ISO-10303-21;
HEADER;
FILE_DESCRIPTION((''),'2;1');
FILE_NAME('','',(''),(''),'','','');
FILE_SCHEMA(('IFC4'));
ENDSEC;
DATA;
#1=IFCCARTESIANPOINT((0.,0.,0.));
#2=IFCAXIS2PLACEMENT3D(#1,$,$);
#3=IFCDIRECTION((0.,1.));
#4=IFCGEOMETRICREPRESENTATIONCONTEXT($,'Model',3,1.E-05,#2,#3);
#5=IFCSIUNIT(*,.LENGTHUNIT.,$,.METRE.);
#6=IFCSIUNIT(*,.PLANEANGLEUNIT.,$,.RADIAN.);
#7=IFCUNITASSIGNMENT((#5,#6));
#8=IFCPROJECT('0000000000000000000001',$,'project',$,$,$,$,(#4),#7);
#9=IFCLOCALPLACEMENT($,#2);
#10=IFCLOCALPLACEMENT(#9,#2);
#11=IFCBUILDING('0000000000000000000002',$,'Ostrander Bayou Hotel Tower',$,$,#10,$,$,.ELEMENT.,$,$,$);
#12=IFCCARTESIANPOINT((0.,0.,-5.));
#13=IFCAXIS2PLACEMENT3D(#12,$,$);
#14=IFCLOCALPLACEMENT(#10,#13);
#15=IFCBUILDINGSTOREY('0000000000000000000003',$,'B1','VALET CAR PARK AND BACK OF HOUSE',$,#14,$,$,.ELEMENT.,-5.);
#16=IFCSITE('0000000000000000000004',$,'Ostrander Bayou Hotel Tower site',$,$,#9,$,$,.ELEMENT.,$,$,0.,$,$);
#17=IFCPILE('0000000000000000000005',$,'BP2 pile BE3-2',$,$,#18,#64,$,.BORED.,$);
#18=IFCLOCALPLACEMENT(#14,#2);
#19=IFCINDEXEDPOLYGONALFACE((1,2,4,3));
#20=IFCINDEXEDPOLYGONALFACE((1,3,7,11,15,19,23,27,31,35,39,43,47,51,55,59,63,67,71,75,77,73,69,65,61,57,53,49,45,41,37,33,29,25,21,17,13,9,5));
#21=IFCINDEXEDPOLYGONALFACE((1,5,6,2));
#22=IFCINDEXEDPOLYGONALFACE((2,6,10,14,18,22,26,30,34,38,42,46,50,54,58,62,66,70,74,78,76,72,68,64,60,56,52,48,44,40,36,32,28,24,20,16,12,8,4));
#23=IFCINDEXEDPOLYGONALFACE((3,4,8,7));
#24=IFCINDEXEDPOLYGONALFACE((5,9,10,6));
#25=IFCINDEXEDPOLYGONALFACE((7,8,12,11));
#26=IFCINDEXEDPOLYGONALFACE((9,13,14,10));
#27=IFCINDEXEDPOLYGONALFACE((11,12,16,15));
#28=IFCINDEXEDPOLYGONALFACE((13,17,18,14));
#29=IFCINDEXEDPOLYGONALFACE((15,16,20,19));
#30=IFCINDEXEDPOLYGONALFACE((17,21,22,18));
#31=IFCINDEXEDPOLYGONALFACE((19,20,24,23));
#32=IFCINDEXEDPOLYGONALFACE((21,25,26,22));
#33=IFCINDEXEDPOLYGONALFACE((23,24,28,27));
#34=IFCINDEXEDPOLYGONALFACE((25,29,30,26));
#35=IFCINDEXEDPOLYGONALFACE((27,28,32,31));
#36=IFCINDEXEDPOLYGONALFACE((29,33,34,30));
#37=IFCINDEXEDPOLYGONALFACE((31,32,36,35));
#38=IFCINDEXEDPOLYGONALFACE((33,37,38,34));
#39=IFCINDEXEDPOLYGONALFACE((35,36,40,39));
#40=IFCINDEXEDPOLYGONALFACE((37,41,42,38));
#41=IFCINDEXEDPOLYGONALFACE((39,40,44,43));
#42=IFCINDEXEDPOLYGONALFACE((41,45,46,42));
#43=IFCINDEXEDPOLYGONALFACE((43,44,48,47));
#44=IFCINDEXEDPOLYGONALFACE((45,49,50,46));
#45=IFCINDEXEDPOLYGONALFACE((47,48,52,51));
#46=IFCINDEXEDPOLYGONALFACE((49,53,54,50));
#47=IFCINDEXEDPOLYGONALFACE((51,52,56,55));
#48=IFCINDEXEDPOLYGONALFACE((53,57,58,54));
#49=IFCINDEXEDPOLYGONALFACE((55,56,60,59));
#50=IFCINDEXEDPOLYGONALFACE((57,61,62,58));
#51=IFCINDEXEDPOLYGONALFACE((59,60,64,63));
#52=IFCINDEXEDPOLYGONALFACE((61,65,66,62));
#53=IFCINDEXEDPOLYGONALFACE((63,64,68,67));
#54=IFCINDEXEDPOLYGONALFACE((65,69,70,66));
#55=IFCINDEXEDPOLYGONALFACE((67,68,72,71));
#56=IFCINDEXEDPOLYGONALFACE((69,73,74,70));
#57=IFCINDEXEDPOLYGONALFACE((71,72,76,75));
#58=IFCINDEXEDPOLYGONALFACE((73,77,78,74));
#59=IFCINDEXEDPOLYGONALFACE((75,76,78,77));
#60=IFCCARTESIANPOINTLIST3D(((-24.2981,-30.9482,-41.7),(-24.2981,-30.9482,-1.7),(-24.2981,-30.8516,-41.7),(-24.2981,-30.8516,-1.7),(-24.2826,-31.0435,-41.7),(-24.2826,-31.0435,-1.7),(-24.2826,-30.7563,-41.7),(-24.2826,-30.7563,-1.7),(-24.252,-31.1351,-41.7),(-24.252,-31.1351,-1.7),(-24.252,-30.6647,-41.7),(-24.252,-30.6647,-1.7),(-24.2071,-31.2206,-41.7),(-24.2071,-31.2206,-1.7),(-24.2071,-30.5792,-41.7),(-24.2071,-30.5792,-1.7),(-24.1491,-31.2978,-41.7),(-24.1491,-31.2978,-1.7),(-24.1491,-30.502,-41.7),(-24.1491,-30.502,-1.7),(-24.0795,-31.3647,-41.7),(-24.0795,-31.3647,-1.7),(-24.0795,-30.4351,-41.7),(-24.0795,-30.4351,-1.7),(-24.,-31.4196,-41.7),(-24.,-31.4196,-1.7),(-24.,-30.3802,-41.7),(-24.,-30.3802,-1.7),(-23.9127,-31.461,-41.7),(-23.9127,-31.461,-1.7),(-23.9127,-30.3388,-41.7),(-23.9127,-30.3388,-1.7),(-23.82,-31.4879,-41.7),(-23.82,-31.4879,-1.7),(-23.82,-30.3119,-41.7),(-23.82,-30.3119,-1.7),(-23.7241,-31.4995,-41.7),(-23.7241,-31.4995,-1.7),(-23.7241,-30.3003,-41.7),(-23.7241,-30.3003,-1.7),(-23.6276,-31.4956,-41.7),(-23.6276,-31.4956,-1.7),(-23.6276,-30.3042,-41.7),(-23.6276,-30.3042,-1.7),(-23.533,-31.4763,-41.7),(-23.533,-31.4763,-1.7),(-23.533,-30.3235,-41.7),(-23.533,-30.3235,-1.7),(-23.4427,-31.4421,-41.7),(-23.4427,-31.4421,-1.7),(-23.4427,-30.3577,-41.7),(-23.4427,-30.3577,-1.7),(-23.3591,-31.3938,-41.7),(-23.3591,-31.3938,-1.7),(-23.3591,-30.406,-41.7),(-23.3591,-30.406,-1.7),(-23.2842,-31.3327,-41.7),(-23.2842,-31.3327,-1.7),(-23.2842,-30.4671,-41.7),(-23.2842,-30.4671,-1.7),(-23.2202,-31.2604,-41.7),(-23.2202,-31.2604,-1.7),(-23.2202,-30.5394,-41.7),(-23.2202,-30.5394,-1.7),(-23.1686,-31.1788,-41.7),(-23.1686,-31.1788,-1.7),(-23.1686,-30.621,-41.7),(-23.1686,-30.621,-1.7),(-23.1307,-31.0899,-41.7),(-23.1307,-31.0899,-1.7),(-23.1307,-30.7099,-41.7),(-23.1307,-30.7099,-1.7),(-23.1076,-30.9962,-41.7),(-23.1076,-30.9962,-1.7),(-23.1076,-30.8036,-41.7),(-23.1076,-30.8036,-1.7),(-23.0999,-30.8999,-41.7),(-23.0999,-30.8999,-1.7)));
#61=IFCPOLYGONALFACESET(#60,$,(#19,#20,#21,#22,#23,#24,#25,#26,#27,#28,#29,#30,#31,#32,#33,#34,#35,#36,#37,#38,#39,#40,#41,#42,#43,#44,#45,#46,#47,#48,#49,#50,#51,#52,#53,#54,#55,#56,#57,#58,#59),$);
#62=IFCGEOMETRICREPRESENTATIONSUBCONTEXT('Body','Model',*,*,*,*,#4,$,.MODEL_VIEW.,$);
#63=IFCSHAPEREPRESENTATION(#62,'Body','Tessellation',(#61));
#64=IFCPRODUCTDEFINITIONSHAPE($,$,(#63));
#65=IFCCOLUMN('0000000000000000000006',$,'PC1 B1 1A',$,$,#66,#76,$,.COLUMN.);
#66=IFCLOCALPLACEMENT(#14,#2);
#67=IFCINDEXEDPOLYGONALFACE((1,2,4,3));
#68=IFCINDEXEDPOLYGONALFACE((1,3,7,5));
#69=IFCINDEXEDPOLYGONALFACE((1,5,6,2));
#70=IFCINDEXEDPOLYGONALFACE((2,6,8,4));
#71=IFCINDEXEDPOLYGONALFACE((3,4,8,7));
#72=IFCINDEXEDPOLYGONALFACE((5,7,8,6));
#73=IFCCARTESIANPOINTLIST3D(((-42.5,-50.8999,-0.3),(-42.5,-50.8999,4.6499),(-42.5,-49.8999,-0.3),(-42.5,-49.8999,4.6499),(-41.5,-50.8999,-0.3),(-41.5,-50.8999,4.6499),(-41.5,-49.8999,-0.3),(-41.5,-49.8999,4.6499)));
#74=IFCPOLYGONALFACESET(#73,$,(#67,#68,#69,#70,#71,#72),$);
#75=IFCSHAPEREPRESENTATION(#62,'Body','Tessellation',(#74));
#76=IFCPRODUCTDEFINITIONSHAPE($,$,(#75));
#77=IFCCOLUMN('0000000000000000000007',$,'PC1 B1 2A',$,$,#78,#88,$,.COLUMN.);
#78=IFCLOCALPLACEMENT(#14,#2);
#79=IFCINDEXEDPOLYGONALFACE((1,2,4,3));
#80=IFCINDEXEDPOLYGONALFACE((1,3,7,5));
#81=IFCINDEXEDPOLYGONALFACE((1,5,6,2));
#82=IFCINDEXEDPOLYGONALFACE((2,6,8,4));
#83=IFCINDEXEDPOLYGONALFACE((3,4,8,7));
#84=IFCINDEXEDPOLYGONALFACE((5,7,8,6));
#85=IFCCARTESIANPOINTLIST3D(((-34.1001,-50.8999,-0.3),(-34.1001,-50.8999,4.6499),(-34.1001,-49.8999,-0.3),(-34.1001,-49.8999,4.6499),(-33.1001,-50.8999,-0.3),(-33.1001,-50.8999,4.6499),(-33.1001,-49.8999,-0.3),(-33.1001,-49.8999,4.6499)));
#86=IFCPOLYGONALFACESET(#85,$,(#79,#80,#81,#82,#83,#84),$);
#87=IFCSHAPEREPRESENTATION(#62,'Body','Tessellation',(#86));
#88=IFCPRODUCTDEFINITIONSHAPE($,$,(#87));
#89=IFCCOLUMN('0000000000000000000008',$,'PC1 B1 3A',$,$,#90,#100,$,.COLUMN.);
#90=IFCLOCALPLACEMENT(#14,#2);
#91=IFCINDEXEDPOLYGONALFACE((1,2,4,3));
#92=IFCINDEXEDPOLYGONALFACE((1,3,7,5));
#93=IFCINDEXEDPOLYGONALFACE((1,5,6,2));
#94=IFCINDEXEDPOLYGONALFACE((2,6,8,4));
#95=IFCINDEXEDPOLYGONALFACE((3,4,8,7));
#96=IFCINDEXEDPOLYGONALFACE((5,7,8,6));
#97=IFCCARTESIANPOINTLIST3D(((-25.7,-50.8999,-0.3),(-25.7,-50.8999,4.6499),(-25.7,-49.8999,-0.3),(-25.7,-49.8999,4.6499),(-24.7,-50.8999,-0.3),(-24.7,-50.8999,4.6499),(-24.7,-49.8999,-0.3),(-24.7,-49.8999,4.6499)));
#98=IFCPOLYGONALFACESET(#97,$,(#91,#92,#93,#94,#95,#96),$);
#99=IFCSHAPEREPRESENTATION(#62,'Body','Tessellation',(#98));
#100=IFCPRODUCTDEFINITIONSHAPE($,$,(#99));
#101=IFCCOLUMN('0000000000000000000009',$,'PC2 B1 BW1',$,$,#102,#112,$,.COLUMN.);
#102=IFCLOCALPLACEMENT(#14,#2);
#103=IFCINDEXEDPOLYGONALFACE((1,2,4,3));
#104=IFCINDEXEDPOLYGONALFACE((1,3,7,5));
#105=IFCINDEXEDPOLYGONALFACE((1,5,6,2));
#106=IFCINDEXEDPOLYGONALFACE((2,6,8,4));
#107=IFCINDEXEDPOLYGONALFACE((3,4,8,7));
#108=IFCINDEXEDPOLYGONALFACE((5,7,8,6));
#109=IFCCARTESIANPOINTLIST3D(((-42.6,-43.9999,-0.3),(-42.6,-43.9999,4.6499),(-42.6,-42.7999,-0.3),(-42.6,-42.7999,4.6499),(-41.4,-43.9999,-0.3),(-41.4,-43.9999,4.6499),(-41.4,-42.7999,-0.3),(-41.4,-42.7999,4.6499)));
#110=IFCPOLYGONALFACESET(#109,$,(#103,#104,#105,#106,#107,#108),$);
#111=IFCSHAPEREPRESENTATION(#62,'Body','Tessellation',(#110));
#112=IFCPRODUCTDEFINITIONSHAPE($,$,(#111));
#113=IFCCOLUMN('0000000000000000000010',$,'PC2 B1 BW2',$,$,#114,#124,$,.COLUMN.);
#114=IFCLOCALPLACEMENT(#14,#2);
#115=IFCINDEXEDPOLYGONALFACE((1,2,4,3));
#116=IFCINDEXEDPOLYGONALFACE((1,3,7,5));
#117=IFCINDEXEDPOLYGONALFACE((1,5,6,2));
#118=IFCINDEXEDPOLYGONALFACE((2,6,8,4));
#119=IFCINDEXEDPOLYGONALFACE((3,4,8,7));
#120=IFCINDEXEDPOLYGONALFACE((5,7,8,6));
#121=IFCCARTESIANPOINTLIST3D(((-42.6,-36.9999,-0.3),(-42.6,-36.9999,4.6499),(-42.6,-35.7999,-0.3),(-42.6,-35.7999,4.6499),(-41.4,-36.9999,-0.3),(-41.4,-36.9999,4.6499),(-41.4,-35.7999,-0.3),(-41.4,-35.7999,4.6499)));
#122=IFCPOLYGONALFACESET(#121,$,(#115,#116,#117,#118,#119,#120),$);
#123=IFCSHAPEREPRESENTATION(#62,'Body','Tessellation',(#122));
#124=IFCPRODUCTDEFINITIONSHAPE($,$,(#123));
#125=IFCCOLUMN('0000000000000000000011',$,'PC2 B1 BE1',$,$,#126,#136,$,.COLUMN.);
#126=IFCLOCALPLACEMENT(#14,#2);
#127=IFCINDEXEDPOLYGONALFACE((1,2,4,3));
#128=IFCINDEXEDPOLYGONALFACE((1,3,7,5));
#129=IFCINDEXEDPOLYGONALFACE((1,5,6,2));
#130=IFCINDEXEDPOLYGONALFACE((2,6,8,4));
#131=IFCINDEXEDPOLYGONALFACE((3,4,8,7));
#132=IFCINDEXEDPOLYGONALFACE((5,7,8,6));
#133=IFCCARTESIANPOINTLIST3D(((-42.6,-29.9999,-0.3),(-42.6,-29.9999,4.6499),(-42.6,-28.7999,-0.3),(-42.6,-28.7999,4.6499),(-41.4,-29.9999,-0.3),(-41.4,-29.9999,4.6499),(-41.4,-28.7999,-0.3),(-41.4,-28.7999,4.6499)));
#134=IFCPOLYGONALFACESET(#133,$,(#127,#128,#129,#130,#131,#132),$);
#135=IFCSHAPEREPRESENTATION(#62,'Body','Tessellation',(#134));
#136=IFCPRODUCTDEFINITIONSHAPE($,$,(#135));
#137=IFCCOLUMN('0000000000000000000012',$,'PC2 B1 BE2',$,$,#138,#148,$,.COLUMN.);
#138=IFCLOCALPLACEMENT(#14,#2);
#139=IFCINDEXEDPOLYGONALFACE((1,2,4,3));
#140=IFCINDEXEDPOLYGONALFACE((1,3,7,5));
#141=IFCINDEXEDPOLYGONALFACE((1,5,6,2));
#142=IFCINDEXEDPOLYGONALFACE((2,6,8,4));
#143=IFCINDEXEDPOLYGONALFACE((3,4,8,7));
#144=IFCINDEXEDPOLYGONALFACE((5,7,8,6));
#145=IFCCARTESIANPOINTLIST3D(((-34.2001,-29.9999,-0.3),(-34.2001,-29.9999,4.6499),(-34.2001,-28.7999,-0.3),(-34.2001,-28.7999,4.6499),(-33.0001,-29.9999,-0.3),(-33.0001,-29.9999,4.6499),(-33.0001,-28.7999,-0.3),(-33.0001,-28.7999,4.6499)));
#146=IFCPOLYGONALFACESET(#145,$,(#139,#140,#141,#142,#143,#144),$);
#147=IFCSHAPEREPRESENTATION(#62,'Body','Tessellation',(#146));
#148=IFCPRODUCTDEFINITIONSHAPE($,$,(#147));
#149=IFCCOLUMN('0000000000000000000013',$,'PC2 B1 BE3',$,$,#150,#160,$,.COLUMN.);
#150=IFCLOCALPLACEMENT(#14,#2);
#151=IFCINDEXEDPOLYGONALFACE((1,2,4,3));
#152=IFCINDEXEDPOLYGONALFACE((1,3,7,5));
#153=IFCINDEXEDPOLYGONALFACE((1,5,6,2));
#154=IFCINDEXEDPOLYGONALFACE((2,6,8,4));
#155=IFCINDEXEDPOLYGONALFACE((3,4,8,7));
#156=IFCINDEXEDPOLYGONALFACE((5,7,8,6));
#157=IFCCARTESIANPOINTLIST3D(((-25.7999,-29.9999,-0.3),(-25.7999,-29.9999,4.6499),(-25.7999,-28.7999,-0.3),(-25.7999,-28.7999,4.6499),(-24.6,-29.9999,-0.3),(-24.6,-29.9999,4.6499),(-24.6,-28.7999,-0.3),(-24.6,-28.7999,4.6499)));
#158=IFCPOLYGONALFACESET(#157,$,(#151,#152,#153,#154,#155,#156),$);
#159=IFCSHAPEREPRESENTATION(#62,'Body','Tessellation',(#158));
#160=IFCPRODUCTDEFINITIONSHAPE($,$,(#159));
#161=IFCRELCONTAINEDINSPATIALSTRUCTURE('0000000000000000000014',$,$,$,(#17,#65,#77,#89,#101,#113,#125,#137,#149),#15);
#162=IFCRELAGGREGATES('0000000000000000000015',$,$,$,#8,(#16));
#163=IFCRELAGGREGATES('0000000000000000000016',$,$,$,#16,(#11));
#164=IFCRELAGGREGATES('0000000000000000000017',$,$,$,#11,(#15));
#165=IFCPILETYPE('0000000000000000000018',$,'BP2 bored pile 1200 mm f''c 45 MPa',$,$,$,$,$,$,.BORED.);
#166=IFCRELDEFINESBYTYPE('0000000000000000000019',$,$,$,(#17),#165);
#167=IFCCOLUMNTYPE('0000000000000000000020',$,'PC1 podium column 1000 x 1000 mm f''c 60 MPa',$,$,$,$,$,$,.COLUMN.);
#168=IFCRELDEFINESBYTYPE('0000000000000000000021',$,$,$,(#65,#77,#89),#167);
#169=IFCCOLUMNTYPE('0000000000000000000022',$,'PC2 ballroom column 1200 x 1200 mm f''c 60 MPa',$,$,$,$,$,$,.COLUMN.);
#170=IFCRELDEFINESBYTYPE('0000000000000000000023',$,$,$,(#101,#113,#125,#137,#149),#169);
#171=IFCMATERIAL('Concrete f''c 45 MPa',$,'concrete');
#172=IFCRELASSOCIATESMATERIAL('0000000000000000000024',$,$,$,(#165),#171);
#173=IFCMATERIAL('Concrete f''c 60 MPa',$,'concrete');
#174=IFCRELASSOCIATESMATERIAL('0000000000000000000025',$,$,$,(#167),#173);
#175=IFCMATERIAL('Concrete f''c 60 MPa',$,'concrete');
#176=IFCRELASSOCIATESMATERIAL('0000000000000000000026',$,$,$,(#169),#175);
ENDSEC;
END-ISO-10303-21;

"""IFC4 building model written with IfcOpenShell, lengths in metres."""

from ifc_helpers import new_model, si_unit, direction, frame, origin, origin_2d, place, context, subcontext, project, spatial, rectangle, circle, extrude, material, material_profile, profile_set, type_object, element, save


model = new_model("IFC4")

# Units and contexts
model_context = context("Model", 3, precision=1e-05, world=origin(), true_north=direction((0.0, 1.0)))
body_context = subcontext(model_context, "Body", "Model", "MODEL_VIEW")
ifc_project = project(units=[si_unit("LENGTHUNIT", "METRE"), si_unit("PLANEANGLEUNIT", "RADIAN")], contexts=[model_context])

# Site, building, storey
site_placement = place(None, origin())
site = spatial("IfcSite", under=ifc_project, at=site_placement, Name="Ostrander Bayou Hotel Tower site", CompositionType="ELEMENT", RefElevation=0.0)
building_placement = place(site_placement, origin())
building = spatial("IfcBuilding", under=site, at=building_placement, Name="Ostrander Bayou Hotel Tower", CompositionType="ELEMENT")
storey_placement = place(building_placement, frame((0.0, 0.0, -5.0)))
storey = spatial("IfcBuildingStorey", under=building, at=storey_placement, Name="B1", Description="VALET CAR PARK AND BACK OF HOUSE", CompositionType="ELEMENT", Elevation=-5.0)

# Pile
ifc_material_1 = material(Name="Concrete f'c 45 MPa", Category="concrete")
ifc_material_profile_1 = material_profile(ifc_material_1, circle(Radius=0.6001, at=origin_2d()))
ifc_profile_set_1 = profile_set([ifc_material_profile_1], Name="Concrete f'c 45 MPa")
pile_type = type_object("IfcPileType", Name="BP2 bored pile 1200 mm f'c 45 MPa", PredefinedType="BORED", material=ifc_profile_set_1)
for number, where, z_axis, x_axis, name in (
    (1, (-23.7, -30.8999, -1.7), (0.0, 0.0, -1.0), (1.0, 0.0, 0.0), "BP2 pile BE3-2"),
):
    element("IfcPile", number, at=place(storey_placement, frame(where, z_axis=z_axis, x_axis=x_axis)), inside=storey, type_object=pile_type, Name=name, PredefinedType="BORED", context=body_context, shape_type="SweptSolid", body=[
        extrude(circle(Radius=0.6001, at=origin_2d()), origin(), (0.0, 0.0, 1.0), 40.0),
    ])

# Columns
ifc_material_2 = material(Name="Concrete f'c 60 MPa", Category="concrete")
ifc_material_profile_2 = material_profile(ifc_material_2, rectangle(XDim=1.0, YDim=1.0, at=origin_2d()))
ifc_profile_set_2 = profile_set([ifc_material_profile_2], Name="Concrete f'c 60 MPa")
column_type_1 = type_object("IfcColumnType", Name="PC1 podium column 1000 x 1000 mm f'c 60 MPa", PredefinedType="COLUMN", material=ifc_profile_set_2)
for number, where, z_axis, x_axis, name in (
    (2, (-42.0, -50.3999, -0.3), (0.0, 0.0, 1.0), (1.0, 0.0, 0.0), "PC1 B1 1A"),
    (3, (-33.6001, -50.3999, -0.3), (0.0, 0.0, 1.0), (1.0, 0.0, 0.0), "PC1 B1 2A"),
    (4, (-25.2, -50.3999, -0.3), (0.0, 0.0, 1.0), (1.0, 0.0, 0.0), "PC1 B1 3A"),
):
    element("IfcColumn", number, at=place(storey_placement, frame(where, z_axis=z_axis, x_axis=x_axis)), inside=storey, type_object=column_type_1, Name=name, PredefinedType="COLUMN", context=body_context, shape_type="SweptSolid", body=[
        extrude(rectangle(XDim=1.0, YDim=1.0, at=origin_2d()), origin(), (0.0, 0.0, 1.0), 4.95),
    ])
ifc_material_3 = material(Name="Concrete f'c 60 MPa", Category="concrete")
ifc_material_profile_3 = material_profile(ifc_material_3, rectangle(XDim=1.2, YDim=1.2, at=origin_2d()))
ifc_profile_set_3 = profile_set([ifc_material_profile_3], Name="Concrete f'c 60 MPa")
column_type_2 = type_object("IfcColumnType", Name="PC2 ballroom column 1200 x 1200 mm f'c 60 MPa", PredefinedType="COLUMN", material=ifc_profile_set_3)
for number, where, z_axis, x_axis, name in (
    (5, (-42.0, -43.3999, -0.3), (0.0, 0.0, 1.0), (1.0, 0.0, 0.0), "PC2 B1 BW1"),
    (6, (-42.0, -36.3999, -0.3), (0.0, 0.0, 1.0), (1.0, 0.0, 0.0), "PC2 B1 BW2"),
    (7, (-42.0, -29.3999, -0.3), (0.0, 0.0, 1.0), (1.0, 0.0, 0.0), "PC2 B1 BE1"),
    (8, (-33.6001, -29.3999, -0.3), (0.0, 0.0, 1.0), (1.0, 0.0, 0.0), "PC2 B1 BE2"),
    (9, (-25.2, -29.3999, -0.3), (0.0, 0.0, 1.0), (1.0, 0.0, 0.0), "PC2 B1 BE3"),
):
    element("IfcColumn", number, at=place(storey_placement, frame(where, z_axis=z_axis, x_axis=x_axis)), inside=storey, type_object=column_type_2, Name=name, PredefinedType="COLUMN", context=body_context, shape_type="SweptSolid", body=[
        extrude(rectangle(XDim=1.2, YDim=1.2, at=origin_2d()), origin(), (0.0, 0.0, 1.0), 4.95),
    ])

save(model, "model.ifc")
